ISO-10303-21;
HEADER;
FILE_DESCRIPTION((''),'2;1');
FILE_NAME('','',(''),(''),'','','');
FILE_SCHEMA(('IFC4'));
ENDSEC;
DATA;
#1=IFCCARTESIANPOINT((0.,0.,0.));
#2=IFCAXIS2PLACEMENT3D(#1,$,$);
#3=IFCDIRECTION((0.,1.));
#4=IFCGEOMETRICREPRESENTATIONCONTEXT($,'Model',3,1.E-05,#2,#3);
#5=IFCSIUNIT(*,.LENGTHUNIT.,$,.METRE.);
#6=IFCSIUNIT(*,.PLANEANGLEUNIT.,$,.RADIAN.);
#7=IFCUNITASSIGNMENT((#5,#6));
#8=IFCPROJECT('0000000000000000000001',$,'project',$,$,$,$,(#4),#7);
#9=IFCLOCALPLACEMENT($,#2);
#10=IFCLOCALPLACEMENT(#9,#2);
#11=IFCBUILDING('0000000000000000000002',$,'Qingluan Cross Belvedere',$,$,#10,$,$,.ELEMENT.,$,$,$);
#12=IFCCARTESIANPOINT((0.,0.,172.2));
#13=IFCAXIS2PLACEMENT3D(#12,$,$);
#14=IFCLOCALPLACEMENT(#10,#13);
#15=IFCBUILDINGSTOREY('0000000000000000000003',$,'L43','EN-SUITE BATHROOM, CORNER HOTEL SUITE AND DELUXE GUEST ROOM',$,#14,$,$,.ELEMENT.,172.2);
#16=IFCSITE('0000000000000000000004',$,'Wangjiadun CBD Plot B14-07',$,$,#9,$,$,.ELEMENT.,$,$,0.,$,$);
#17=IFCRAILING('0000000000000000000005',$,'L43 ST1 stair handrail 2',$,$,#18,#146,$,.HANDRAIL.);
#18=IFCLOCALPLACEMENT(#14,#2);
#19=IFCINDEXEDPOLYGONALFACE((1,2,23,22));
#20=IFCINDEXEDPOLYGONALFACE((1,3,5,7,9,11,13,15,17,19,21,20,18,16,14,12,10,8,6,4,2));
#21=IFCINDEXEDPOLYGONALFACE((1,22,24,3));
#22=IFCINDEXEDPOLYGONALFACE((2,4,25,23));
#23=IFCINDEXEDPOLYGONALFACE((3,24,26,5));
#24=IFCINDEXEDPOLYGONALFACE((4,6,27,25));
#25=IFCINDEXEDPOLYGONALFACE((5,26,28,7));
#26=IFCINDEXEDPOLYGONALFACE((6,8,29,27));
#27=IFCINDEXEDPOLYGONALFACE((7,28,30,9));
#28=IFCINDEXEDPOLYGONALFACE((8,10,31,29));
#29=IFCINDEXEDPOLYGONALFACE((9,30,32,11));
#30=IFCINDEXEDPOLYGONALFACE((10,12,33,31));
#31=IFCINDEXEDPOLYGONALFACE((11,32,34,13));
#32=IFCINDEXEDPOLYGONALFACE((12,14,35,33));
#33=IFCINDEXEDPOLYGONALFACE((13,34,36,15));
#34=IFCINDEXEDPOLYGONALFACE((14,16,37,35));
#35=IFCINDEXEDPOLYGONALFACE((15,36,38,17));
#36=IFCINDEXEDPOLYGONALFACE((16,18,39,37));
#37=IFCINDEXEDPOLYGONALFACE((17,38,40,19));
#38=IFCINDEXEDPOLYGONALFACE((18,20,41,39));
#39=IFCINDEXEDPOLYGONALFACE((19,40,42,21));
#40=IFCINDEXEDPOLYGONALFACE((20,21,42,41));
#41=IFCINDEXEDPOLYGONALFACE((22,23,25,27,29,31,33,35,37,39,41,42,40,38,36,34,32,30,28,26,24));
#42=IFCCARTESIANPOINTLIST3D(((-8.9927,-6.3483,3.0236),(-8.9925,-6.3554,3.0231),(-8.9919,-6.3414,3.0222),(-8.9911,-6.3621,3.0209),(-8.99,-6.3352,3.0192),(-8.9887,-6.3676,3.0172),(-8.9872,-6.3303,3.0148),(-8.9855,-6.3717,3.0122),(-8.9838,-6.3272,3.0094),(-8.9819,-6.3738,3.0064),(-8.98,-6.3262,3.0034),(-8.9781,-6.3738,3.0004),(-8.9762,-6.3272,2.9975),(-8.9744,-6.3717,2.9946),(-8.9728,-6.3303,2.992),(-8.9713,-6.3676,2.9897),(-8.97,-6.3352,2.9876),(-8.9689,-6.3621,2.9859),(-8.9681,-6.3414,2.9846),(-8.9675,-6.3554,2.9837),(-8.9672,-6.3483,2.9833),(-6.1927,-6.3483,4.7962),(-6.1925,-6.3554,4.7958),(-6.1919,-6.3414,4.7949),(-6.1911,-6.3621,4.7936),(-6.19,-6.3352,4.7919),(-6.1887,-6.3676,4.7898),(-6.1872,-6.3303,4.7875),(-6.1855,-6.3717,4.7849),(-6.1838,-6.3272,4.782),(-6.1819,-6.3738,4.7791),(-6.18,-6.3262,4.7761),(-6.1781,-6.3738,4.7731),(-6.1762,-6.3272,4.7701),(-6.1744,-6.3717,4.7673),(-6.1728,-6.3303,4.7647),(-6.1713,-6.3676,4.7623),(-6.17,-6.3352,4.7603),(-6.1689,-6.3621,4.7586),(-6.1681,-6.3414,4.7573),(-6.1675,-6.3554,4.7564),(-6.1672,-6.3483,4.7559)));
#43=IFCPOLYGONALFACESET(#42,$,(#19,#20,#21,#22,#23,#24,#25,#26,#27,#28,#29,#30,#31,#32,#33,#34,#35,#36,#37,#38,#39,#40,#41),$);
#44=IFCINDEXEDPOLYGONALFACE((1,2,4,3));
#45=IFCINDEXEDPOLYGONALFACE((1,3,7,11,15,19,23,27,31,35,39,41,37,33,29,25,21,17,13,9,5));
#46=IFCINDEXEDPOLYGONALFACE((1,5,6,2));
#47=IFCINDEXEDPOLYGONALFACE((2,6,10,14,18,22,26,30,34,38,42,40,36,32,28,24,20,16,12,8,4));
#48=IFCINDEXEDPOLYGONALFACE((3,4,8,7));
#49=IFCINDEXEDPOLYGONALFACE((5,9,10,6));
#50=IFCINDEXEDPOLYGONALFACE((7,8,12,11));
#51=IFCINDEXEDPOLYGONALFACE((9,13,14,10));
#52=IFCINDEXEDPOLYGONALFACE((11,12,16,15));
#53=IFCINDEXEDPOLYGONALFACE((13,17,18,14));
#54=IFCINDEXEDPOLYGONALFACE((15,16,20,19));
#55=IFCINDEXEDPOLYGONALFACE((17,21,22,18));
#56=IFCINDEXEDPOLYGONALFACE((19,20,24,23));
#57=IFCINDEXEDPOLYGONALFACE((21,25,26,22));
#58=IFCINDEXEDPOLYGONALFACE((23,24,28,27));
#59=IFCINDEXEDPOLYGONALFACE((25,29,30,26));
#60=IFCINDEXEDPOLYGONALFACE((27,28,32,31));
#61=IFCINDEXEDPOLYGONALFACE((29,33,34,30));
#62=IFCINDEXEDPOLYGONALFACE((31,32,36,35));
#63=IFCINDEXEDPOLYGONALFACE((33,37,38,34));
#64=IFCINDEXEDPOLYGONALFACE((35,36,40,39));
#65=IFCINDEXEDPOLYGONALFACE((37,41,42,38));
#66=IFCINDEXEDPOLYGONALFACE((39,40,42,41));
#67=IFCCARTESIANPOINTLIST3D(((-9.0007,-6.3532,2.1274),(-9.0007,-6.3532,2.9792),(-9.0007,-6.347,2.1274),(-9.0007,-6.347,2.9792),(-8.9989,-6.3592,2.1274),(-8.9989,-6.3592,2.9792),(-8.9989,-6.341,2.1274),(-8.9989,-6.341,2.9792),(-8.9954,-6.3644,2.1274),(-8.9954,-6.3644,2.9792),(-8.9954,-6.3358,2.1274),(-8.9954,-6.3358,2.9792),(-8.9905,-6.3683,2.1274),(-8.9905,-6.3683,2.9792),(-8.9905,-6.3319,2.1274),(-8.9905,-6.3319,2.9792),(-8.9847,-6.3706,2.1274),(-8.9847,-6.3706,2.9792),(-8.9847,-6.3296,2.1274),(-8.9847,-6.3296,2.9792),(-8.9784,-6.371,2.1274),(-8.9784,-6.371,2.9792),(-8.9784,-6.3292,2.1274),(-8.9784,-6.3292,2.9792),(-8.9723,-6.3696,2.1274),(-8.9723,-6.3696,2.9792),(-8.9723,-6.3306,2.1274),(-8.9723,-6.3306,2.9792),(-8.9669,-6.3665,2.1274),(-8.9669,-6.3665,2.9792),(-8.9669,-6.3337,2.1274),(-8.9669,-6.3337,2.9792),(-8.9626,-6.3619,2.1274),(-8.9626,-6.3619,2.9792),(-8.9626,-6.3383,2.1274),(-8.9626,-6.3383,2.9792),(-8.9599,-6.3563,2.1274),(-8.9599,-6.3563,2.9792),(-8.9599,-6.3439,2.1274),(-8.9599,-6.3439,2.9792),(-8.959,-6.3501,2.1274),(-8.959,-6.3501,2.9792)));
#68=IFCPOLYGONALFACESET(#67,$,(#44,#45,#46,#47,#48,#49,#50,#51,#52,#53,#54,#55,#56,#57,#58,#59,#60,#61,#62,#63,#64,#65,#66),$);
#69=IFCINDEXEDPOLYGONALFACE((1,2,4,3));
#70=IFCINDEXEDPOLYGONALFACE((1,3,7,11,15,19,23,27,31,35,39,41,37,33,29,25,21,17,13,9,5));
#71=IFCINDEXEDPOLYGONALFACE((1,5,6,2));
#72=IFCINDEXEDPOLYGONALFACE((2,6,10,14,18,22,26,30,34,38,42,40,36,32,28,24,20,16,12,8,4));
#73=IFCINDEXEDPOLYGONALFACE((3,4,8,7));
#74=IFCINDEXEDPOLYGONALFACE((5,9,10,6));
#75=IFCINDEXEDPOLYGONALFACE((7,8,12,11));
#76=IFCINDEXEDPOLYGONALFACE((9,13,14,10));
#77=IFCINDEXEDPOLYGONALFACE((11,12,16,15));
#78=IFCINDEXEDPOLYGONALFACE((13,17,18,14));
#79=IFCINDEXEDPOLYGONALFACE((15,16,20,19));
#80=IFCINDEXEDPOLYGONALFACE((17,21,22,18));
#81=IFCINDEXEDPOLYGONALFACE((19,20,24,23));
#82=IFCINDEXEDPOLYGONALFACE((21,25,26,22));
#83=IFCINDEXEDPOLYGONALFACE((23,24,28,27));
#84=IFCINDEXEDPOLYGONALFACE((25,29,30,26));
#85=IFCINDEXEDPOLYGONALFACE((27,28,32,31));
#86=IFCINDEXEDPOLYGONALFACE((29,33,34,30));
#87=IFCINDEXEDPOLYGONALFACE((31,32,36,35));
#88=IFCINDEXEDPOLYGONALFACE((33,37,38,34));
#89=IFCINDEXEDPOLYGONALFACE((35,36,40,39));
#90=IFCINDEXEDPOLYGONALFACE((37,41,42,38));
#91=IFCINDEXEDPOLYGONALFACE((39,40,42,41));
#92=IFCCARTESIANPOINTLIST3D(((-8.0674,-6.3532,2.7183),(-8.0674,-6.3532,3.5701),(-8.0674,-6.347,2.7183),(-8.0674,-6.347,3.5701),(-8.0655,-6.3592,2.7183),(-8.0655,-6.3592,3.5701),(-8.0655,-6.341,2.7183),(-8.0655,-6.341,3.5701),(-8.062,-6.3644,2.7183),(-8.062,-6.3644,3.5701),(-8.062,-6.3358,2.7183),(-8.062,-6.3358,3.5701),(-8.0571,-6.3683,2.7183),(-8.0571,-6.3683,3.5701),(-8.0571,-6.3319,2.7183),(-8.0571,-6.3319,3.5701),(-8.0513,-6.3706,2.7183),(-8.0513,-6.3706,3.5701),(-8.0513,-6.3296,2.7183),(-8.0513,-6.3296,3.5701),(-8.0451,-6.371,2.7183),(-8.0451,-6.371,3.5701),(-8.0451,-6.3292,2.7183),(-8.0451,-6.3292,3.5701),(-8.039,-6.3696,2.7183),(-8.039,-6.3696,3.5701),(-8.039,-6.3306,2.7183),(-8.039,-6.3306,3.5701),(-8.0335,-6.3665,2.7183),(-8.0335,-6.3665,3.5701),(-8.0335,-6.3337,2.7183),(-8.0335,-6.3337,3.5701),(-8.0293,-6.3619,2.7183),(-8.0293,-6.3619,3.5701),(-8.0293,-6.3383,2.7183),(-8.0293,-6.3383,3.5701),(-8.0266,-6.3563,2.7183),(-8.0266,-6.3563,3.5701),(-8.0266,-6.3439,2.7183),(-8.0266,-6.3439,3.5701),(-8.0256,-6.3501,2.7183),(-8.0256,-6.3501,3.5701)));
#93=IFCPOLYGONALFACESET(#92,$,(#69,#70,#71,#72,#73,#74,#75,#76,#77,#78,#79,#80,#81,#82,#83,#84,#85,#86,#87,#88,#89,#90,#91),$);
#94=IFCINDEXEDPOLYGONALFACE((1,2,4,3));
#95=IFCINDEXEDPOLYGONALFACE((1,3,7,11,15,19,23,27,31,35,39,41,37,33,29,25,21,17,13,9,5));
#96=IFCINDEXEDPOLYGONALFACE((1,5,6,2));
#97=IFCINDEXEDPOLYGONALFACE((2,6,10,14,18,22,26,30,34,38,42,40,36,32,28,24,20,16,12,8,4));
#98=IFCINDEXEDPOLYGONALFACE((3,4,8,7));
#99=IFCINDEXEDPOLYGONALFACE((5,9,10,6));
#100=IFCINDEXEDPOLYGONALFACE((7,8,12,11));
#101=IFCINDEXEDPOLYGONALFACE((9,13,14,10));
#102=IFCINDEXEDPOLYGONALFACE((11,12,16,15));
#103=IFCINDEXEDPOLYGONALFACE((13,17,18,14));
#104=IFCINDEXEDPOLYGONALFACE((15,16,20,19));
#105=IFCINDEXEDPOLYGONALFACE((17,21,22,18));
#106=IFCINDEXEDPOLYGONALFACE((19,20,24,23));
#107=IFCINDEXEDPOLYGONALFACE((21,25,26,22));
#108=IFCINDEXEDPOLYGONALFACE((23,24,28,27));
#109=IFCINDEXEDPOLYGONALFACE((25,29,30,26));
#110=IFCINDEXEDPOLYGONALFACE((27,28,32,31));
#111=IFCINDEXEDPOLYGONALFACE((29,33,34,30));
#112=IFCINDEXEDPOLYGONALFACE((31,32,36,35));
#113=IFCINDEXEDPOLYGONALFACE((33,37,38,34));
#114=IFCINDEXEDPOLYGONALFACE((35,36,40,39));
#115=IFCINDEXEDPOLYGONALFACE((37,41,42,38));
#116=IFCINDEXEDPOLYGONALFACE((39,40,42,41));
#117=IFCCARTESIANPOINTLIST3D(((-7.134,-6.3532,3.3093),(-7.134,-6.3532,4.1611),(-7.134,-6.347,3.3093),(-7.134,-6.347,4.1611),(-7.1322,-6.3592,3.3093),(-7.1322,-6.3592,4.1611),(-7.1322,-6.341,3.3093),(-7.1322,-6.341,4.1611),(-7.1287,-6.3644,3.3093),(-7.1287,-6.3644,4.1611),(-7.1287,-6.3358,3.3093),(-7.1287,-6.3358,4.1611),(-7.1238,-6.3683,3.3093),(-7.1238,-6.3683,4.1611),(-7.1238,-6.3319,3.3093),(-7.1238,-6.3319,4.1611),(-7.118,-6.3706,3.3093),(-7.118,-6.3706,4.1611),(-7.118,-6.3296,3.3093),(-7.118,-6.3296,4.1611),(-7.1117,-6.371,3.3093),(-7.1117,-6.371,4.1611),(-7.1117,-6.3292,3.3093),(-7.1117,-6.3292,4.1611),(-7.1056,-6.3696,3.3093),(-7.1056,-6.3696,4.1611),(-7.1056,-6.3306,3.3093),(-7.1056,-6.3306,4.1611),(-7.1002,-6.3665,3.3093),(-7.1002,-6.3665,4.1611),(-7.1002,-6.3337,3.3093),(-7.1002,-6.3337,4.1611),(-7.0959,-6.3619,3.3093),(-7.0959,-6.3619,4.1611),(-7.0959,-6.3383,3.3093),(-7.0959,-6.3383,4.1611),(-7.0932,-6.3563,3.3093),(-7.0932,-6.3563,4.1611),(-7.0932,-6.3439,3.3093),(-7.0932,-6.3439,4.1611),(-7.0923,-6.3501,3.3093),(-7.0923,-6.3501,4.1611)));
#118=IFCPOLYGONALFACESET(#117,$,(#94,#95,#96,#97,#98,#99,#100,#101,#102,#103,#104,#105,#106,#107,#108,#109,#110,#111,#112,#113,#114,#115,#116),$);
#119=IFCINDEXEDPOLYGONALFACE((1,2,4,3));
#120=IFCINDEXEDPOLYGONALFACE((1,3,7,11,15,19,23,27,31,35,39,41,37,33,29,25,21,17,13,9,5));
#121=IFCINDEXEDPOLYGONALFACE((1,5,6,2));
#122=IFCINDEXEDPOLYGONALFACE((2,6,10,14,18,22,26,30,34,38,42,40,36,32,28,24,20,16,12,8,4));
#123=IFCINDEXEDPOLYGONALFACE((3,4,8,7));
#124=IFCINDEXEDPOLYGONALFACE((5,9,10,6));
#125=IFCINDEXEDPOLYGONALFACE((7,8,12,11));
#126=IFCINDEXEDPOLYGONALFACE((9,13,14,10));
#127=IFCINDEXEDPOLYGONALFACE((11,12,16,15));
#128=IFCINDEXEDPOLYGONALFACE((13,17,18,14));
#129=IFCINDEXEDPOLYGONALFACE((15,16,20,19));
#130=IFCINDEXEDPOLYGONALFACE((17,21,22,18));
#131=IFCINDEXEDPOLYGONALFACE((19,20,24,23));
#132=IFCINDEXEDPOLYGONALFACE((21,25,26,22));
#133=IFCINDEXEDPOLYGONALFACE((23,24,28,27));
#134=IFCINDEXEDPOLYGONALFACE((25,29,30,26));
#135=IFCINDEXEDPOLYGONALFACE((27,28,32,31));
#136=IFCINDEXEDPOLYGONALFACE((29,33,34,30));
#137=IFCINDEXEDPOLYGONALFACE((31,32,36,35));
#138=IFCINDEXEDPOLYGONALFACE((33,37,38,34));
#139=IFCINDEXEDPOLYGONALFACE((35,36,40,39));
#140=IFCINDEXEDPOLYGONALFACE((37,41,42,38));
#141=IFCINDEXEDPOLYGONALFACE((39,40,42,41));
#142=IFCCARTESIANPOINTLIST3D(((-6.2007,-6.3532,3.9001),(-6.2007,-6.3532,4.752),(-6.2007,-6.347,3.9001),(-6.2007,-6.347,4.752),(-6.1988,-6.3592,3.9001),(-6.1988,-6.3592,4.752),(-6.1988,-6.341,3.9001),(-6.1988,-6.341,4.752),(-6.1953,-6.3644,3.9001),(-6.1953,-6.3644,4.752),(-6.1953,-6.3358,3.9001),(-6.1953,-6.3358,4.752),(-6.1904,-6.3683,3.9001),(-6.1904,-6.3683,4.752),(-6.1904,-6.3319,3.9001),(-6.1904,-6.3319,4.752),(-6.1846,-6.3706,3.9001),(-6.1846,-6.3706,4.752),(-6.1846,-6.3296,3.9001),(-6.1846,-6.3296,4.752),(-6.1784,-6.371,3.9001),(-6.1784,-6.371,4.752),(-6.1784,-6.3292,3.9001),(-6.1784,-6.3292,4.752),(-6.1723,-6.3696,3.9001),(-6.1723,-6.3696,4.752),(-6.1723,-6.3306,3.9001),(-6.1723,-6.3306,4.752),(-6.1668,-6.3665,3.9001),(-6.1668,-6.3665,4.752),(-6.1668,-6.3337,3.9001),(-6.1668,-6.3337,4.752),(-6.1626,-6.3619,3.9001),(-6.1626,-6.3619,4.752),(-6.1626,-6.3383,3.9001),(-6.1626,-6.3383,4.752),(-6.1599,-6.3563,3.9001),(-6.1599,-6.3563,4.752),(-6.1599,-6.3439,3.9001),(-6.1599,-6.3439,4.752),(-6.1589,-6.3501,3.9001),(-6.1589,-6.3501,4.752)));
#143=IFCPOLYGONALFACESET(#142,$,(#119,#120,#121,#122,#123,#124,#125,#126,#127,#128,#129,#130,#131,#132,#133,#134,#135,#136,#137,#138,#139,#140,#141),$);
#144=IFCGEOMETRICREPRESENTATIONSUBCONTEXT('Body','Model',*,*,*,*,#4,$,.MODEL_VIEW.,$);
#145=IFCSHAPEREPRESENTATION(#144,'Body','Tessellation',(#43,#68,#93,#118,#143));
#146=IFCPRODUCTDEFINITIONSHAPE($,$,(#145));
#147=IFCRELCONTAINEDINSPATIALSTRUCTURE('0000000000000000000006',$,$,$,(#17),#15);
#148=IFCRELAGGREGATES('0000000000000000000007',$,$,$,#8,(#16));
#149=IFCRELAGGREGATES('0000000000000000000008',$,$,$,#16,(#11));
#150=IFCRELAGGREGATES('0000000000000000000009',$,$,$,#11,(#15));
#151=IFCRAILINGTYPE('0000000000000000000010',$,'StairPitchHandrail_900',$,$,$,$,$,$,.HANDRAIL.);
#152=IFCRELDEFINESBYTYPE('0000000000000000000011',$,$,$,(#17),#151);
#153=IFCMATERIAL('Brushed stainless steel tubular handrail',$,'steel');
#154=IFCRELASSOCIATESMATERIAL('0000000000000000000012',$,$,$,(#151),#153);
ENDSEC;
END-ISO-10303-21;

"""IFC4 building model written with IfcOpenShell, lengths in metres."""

from ifc_helpers import new_model, si_unit, direction, frame, origin, origin_2d, place, context, subcontext, project, spatial, circle, extrude, material, type_object, element, save


model = new_model("IFC4")

# Units and contexts
model_context = context("Model", 3, precision=1e-05, world=origin(), true_north=direction((0.0, 1.0)))
body_context = subcontext(model_context, "Body", "Model", "MODEL_VIEW")
ifc_project = project(units=[si_unit("LENGTHUNIT", "METRE"), si_unit("PLANEANGLEUNIT", "RADIAN")], contexts=[model_context])

# Site, building, storey
site_placement = place(None, origin())
site = spatial("IfcSite", under=ifc_project, at=site_placement, Name="Wangjiadun CBD Plot B14-07", CompositionType="ELEMENT", RefElevation=0.0)
building_placement = place(site_placement, origin())
building = spatial("IfcBuilding", under=site, at=building_placement, Name="Qingluan Cross Belvedere", CompositionType="ELEMENT")
storey_placement = place(building_placement, frame((0.0, 0.0, 172.2)))
storey = spatial("IfcBuildingStorey", under=building, at=storey_placement, Name="L43", Description="EN-SUITE BATHROOM, CORNER HOTEL SUITE AND DELUXE GUEST ROOM", CompositionType="ELEMENT", Elevation=172.2)

# Railing
ifc_material_1 = material(Name="Brushed stainless steel tubular handrail", Category="steel")
railing_type_1 = type_object("IfcRailingType", Name="StairPitchHandrail_900", PredefinedType="HANDRAIL", material=ifc_material_1)
railing_1_placement = place(storey_placement, frame((-8.98, -6.3501, 2.1274)))
element("IfcRailing", 1, at=railing_1_placement, inside=storey, type_object=railing_type_1, Name="L43 ST1 stair handrail 2", PredefinedType="HANDRAIL", context=body_context, shape_type="SweptSolid", body=[
    extrude(circle(Radius=0.0239, at=origin_2d()), frame((0.0, 0.0, 0.876), z_axis=(0.844909, 0.0, 0.53491), x_axis=(0.0, 1.0, 0.0)), (0.0, 0.0, 1.0), 3.314),
    extrude(circle(Radius=0.021, at=origin_2d()), origin(), (0.0, 0.0, 1.0), 0.8518),
    extrude(circle(Radius=0.021, at=origin_2d()), frame((0.9333, 0.0, 0.5908)), (0.0, 0.0, 1.0), 0.8518),
    extrude(circle(Radius=0.021, at=origin_2d()), frame((1.8667, 0.0, 1.1819)), (0.0, 0.0, 1.0), 0.8518),
    extrude(circle(Radius=0.021, at=origin_2d()), frame((2.8, 0.0, 1.7727)), (0.0, 0.0, 1.0), 0.8518),
])

save(model, "model.ifc")
